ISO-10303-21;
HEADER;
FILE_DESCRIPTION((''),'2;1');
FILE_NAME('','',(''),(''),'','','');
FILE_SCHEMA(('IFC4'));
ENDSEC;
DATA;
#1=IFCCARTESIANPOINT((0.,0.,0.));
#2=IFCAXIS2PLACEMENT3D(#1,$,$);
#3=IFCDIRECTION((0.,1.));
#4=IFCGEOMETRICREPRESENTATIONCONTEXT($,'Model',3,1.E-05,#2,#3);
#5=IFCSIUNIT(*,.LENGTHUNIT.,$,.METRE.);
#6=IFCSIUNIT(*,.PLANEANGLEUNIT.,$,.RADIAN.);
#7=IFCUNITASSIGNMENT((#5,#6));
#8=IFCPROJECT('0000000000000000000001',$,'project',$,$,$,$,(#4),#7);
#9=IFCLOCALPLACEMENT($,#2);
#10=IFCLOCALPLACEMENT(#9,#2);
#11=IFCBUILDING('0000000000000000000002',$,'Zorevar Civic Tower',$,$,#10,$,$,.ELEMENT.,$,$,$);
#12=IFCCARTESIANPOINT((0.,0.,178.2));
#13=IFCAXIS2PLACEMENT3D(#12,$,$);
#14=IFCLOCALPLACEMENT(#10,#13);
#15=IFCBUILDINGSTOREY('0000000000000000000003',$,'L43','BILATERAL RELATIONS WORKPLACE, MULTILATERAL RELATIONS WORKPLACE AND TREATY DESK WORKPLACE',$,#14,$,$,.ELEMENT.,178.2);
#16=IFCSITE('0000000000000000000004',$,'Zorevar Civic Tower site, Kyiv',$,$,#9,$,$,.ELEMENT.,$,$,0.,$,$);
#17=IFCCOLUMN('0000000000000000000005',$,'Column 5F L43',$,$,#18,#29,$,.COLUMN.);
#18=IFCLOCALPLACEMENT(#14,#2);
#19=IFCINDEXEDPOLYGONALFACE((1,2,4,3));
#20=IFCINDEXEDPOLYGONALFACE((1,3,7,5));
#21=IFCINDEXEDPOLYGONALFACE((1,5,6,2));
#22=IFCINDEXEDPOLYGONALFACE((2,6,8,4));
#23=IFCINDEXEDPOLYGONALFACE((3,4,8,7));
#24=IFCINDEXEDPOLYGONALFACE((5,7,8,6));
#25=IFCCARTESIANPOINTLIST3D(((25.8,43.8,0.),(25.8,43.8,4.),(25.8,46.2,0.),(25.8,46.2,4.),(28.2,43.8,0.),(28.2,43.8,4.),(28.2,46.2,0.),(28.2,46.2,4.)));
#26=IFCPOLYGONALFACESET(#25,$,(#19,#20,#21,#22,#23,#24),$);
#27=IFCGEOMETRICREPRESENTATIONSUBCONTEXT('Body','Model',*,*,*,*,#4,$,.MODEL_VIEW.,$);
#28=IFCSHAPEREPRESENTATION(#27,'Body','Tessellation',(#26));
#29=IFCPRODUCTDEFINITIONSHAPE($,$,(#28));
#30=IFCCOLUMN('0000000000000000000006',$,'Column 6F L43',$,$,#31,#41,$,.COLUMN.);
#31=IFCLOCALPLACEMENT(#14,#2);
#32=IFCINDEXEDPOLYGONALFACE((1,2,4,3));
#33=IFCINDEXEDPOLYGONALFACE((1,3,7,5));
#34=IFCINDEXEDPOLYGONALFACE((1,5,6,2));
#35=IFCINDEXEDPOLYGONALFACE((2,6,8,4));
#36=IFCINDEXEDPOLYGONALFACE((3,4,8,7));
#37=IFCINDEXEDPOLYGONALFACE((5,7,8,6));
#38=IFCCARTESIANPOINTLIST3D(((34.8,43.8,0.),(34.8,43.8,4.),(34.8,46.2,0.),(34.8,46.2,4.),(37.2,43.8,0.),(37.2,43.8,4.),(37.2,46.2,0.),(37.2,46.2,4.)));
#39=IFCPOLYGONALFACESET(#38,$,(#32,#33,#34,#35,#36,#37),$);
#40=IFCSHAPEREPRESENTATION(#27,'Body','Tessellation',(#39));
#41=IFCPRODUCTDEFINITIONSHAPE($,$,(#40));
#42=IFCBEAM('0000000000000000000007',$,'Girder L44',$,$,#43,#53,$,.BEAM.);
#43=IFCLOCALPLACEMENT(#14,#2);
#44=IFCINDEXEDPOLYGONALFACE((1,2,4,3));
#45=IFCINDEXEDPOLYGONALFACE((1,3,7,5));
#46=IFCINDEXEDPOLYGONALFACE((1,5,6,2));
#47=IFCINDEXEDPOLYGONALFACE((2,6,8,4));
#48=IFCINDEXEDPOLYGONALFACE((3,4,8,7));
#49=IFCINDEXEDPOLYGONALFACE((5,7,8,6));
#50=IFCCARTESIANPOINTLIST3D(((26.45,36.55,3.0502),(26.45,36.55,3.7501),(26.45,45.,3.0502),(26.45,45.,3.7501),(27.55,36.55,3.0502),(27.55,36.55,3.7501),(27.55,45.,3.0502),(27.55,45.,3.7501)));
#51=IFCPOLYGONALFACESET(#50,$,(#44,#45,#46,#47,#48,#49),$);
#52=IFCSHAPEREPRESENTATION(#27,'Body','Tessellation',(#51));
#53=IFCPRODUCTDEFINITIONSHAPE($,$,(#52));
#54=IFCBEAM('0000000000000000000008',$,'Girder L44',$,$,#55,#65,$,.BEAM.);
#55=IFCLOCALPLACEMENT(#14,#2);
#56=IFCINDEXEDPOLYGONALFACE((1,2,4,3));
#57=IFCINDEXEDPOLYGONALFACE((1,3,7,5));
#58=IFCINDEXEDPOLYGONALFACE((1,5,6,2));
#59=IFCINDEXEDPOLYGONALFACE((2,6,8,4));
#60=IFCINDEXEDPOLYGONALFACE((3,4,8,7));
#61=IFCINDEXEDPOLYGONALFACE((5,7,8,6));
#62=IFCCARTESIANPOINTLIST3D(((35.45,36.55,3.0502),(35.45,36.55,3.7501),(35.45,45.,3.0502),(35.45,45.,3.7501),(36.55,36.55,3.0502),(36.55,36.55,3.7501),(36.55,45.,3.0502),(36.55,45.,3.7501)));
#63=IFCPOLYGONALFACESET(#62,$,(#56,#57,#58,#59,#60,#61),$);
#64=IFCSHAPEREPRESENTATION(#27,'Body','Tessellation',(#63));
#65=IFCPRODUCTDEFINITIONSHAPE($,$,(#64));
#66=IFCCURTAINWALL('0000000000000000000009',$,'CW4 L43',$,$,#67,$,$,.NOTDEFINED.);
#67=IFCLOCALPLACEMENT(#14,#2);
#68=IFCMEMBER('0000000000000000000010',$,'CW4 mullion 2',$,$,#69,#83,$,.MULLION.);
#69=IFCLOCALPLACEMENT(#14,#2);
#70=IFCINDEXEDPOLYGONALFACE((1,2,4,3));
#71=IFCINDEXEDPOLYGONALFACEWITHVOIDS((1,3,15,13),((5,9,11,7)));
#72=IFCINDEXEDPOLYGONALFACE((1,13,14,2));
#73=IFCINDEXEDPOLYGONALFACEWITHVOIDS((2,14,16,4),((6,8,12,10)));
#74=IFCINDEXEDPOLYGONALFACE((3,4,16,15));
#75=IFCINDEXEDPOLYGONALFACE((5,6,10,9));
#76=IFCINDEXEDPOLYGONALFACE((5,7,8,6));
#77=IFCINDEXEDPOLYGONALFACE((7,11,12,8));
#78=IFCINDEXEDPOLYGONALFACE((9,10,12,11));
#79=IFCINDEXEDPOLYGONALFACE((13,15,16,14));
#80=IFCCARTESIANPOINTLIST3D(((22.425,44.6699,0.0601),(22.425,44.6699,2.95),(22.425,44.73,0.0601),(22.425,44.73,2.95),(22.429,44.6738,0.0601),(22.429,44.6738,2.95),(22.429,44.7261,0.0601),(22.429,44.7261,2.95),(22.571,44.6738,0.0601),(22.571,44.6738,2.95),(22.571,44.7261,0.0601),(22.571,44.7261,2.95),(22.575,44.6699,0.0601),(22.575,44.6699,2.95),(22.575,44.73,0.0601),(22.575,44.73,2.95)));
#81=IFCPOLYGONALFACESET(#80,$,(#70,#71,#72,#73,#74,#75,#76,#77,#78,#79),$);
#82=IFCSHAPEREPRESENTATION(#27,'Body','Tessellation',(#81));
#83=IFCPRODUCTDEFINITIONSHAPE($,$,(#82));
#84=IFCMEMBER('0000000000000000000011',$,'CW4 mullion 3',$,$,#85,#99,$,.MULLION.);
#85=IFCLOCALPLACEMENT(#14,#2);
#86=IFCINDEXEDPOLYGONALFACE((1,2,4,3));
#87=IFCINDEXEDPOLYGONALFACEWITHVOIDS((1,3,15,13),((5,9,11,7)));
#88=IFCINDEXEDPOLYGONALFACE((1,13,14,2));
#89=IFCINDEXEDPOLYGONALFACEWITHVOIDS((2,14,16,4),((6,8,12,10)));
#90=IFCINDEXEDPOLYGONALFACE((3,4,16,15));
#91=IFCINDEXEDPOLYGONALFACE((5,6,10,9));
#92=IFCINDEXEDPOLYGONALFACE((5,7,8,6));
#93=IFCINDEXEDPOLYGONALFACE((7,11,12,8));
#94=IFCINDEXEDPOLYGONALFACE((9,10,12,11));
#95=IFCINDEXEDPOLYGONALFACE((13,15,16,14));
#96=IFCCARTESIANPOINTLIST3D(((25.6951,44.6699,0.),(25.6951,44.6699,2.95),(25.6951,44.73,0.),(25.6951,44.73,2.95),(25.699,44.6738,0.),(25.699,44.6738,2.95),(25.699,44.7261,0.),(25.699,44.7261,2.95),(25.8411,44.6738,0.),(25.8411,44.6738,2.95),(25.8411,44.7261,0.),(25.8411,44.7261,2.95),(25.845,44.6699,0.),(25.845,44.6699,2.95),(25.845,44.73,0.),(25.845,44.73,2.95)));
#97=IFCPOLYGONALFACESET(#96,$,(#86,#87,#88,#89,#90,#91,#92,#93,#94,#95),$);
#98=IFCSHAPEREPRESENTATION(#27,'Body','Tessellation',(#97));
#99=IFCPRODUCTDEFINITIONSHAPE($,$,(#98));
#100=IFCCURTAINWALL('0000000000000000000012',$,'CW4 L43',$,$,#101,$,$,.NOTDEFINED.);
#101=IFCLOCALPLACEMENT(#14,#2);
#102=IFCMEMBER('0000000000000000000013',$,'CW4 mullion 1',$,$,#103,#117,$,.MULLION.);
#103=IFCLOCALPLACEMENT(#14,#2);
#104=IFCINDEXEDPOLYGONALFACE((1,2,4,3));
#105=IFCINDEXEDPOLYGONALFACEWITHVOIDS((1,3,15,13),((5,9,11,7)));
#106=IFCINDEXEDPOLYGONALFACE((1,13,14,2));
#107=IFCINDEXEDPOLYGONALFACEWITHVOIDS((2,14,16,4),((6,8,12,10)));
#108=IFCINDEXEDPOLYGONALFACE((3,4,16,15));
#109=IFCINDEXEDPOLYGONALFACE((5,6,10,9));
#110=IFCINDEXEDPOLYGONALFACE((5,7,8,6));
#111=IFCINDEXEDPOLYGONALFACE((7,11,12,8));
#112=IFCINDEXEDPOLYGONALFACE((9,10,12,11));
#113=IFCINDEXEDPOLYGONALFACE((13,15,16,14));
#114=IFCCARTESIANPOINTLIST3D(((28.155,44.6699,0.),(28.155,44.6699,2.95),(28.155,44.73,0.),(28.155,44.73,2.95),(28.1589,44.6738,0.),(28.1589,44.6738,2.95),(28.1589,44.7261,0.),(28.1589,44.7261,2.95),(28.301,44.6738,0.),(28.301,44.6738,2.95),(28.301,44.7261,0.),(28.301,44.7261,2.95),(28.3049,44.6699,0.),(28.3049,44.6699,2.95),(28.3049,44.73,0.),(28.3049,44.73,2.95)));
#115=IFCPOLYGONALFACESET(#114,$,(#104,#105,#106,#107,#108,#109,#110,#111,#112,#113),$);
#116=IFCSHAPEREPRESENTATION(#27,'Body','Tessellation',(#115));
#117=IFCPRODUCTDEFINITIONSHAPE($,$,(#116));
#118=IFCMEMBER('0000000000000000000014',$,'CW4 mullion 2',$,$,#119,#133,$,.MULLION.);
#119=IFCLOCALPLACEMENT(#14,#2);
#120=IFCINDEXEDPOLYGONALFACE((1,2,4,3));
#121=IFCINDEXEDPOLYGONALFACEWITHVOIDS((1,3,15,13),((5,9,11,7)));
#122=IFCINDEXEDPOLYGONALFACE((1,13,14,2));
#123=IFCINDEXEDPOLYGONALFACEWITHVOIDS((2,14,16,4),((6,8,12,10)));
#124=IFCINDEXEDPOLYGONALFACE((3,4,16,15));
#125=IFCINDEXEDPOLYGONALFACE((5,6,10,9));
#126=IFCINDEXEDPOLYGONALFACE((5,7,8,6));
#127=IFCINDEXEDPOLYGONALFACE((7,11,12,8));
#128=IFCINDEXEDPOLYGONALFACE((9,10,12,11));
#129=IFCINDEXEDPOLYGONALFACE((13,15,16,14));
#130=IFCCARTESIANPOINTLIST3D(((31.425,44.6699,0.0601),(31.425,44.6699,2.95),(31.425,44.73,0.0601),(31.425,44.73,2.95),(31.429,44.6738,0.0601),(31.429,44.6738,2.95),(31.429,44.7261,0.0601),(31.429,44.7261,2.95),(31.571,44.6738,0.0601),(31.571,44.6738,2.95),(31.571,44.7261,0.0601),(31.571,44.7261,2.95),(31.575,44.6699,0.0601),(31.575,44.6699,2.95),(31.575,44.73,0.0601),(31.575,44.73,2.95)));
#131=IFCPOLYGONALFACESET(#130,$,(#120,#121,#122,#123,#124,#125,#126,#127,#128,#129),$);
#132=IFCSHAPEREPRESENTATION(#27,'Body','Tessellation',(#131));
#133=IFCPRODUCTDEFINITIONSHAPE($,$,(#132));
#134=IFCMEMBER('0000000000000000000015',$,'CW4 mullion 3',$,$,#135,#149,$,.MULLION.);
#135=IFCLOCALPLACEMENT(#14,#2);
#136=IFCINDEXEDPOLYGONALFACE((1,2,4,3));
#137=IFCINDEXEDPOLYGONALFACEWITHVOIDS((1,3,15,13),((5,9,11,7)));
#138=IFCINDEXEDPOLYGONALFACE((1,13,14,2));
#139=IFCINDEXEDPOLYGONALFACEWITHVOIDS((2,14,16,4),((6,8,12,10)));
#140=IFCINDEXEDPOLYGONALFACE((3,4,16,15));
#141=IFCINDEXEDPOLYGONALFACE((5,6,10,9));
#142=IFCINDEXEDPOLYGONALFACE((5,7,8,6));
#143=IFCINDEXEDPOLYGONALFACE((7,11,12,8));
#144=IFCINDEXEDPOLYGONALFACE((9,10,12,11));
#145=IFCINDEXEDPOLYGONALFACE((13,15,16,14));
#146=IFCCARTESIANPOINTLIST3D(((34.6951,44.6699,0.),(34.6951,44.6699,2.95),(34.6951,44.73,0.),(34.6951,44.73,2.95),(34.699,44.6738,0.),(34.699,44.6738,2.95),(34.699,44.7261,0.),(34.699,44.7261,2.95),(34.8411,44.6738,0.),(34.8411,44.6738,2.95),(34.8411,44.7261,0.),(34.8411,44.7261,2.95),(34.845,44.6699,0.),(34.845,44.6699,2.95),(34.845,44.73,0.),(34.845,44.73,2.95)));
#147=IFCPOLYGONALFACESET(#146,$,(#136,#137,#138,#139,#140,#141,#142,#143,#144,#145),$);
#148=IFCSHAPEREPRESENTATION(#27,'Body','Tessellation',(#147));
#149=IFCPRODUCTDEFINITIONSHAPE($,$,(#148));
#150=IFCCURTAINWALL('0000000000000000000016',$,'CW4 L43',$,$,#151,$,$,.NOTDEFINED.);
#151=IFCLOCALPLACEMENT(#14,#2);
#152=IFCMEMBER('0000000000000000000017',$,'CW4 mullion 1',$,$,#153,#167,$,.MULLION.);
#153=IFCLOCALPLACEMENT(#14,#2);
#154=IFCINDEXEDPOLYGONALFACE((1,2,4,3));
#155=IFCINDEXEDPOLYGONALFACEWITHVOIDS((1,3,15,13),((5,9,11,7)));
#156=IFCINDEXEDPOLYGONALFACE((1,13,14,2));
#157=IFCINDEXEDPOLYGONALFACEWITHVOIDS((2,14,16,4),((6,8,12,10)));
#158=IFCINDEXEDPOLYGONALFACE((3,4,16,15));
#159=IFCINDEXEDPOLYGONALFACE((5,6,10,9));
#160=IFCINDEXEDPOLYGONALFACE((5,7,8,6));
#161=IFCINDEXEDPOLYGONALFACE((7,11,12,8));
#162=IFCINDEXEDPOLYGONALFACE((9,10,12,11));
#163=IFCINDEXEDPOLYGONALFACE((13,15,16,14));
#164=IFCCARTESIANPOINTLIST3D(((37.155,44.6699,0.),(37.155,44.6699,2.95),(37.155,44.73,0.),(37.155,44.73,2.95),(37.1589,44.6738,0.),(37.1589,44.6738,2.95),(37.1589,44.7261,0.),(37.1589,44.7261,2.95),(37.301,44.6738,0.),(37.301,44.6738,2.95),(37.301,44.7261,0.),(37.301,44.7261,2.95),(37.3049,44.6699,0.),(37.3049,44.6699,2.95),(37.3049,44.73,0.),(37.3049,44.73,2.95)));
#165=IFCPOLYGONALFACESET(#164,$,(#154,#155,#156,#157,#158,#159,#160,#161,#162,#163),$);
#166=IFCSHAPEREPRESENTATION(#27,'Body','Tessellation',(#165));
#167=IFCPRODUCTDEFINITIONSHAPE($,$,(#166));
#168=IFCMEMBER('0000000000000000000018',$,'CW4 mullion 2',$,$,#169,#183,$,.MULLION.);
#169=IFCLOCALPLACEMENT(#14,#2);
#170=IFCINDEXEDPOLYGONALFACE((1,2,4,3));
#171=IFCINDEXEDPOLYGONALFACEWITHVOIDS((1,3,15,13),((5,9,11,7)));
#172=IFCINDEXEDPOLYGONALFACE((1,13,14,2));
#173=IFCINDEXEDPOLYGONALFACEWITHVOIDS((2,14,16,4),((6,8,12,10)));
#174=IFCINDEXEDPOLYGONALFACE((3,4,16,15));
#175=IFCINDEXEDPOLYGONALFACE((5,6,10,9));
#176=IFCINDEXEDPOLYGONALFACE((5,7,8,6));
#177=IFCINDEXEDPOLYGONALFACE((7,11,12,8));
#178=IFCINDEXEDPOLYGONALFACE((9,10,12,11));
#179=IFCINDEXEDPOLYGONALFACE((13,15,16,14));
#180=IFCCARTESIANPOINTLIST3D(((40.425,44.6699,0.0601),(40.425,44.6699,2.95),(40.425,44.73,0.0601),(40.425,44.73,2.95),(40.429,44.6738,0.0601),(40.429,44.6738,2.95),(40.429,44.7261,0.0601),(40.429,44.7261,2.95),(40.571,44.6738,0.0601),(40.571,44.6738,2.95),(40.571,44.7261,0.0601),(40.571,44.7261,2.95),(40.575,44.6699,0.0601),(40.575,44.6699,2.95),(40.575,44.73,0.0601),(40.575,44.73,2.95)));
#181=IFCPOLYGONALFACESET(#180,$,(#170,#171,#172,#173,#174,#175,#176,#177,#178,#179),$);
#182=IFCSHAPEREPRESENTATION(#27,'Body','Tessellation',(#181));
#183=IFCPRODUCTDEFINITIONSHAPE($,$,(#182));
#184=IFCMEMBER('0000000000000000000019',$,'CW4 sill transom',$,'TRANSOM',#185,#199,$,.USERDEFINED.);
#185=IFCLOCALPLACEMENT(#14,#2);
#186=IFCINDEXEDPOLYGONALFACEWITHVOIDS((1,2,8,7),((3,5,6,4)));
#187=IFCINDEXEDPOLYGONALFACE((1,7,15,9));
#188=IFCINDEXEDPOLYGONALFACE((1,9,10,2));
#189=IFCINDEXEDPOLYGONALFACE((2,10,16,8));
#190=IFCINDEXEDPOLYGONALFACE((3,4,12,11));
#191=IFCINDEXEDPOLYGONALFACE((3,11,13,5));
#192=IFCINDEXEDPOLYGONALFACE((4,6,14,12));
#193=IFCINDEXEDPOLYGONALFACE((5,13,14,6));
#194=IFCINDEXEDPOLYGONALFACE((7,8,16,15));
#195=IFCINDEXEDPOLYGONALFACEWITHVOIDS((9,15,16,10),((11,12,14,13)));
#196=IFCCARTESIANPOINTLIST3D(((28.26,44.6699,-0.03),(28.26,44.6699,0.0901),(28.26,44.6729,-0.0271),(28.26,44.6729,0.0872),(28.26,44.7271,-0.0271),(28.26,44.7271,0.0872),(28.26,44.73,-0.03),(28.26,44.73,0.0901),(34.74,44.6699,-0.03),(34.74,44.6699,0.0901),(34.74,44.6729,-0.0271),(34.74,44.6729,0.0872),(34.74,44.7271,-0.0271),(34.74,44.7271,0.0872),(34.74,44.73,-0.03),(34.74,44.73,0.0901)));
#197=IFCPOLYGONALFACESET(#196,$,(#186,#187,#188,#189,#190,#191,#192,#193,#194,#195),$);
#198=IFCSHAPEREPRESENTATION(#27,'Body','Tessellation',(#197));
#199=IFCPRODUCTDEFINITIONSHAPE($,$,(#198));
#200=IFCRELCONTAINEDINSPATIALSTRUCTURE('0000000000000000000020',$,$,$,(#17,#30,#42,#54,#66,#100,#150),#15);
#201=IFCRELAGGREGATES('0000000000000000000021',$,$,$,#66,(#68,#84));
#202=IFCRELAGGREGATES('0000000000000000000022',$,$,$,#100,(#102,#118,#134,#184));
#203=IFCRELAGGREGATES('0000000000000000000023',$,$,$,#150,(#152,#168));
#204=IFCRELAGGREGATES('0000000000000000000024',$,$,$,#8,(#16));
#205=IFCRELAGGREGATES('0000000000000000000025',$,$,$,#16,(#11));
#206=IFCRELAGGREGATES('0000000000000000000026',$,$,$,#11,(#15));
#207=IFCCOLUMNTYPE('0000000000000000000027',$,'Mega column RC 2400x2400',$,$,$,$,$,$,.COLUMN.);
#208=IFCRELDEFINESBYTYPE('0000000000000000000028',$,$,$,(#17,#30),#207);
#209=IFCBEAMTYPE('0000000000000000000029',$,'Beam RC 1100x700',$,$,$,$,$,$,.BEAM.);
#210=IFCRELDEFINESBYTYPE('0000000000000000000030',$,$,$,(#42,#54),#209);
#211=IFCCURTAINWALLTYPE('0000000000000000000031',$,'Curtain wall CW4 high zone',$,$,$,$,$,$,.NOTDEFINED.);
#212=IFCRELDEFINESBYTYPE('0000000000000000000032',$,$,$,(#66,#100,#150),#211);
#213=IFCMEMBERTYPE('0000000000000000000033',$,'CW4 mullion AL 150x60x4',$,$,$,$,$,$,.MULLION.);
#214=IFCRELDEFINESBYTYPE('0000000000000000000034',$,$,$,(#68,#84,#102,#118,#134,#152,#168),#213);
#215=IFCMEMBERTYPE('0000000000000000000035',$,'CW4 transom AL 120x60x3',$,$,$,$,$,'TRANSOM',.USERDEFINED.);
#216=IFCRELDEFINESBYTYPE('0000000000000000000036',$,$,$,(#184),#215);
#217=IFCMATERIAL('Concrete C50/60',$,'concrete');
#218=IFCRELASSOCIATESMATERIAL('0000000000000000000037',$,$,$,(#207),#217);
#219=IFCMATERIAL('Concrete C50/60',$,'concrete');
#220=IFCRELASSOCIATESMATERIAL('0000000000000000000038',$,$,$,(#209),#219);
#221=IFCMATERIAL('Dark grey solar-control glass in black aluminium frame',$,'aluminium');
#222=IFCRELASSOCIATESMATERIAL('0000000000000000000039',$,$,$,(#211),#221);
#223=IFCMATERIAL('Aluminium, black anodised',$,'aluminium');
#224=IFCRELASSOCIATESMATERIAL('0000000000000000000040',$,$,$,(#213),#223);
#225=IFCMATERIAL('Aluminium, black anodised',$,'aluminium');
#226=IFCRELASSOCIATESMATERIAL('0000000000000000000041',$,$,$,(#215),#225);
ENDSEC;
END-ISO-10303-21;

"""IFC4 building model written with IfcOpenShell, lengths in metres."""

from ifc_helpers import new_model, si_unit, direction, frame, origin, origin_2d, place, context, subcontext, project, spatial, rectangle, hollow_rectangle, extrude, material, material_profile, profile_set, type_object, element, aggregate, save


model = new_model("IFC4")

# Units and contexts
model_context = context("Model", 3, precision=1e-05, world=origin(), true_north=direction((0.0, 1.0)))
body_context = subcontext(model_context, "Body", "Model", "MODEL_VIEW")
ifc_project = project(units=[si_unit("LENGTHUNIT", "METRE"), si_unit("PLANEANGLEUNIT", "RADIAN")], contexts=[model_context])

# Site, building, storey
site_placement = place(None, origin())
site = spatial("IfcSite", under=ifc_project, at=site_placement, Name="Zorevar Civic Tower site, Kyiv", CompositionType="ELEMENT", RefElevation=0.0)
building_placement = place(site_placement, origin())
building = spatial("IfcBuilding", under=site, at=building_placement, Name="Zorevar Civic Tower", CompositionType="ELEMENT")
storey_placement = place(building_placement, frame((0.0, 0.0, 178.2)))
storey = spatial("IfcBuildingStorey", under=building, at=storey_placement, Name="L43", Description="BILATERAL RELATIONS WORKPLACE, MULTILATERAL RELATIONS WORKPLACE AND TREATY DESK WORKPLACE", CompositionType="ELEMENT", Elevation=178.2)

# Columns
ifc_material_1 = material(Name="Concrete C50/60", Category="concrete")
ifc_material_profile_1 = material_profile(ifc_material_1, rectangle(XDim=2.3999, YDim=2.3999, at=origin_2d()), Name="RC 2400x2400")
ifc_profile_set_1 = profile_set([ifc_material_profile_1], Name="Concrete C50/60")
column_type = type_object("IfcColumnType", Name="Mega column RC 2400x2400", PredefinedType="COLUMN", material=ifc_profile_set_1)
for number, where, z_axis, x_axis, name in (
    (1, (27.0, 45.0, 0.0), (0.0, 0.0, 1.0), (1.0, 0.0, 0.0), "Column 5F L43"),
    (2, (36.0, 45.0, 0.0), (0.0, 0.0, 1.0), (1.0, 0.0, 0.0), "Column 6F L43"),
):
    element("IfcColumn", number, at=place(storey_placement, frame(where, z_axis=z_axis, x_axis=x_axis)), inside=storey, type_object=column_type, Name=name, PredefinedType="COLUMN", context=body_context, shape_type="SweptSolid", body=[
        extrude(rectangle(XDim=2.3999, YDim=2.3999, at=origin_2d()), origin(), (0.0, 0.0, 1.0), 4.0),
    ])

# Beams
ifc_material_2 = material(Name="Concrete C50/60", Category="concrete")
ifc_material_profile_2 = material_profile(ifc_material_2, rectangle(XDim=1.1001, YDim=0.7, at=origin_2d()), Name="RC 1100x700")
ifc_profile_set_2 = profile_set([ifc_material_profile_2], Name="Concrete C50/60")
beam_type_1 = type_object("IfcBeamType", Name="Beam RC 1100x700", PredefinedType="BEAM", material=ifc_profile_set_2)
for number, where, z_axis, x_axis, name in (
    (3, (27.0, 36.55, 3.4001), (0.0, 1.0, 0.0), (-1.0, 0.0, 0.0), "Girder L44"),
    (4, (36.0, 36.55, 3.4001), (0.0, 1.0, 0.0), (-1.0, 0.0, 0.0), "Girder L44"),
):
    element("IfcBeam", number, at=place(storey_placement, frame(where, z_axis=z_axis, x_axis=x_axis)), inside=storey, type_object=beam_type_1, Name=name, PredefinedType="BEAM", context=body_context, shape_type="SweptSolid", body=[
        extrude(rectangle(XDim=1.1001, YDim=0.7, at=origin_2d()), origin(), (0.0, 0.0, 1.0), 8.45),
    ])

# Curtain walls, members
ifc_material_3 = material(Name="Dark grey solar-control glass in black aluminium frame", Category="aluminium")
curtain_wall_type = type_object("IfcCurtainWallType", Name="Curtain wall CW4 high zone", PredefinedType="NOTDEFINED", material=ifc_material_3)
curtain_wall_1_placement = place(storey_placement, origin())
curtain_wall_1 = element("IfcCurtainWall", 5, at=curtain_wall_1_placement, inside=storey, type_object=curtain_wall_type, Name="CW4 L43", PredefinedType="NOTDEFINED")
ifc_material_4 = material(Name="Aluminium, black anodised", Category="aluminium")
ifc_material_profile_3 = material_profile(ifc_material_4, hollow_rectangle(XDim=0.0601, YDim=0.1499, WallThickness=0.0039, at=origin_2d()), Name="AL 150x60x4")
ifc_profile_set_3 = profile_set([ifc_material_profile_3], Name="Aluminium, black anodised")
member_type_1 = type_object("IfcMemberType", Name="CW4 mullion AL 150x60x4", PredefinedType="MULLION", material=ifc_profile_set_3)
member_1_placement = place(storey_placement, frame((22.5, 44.7, 0.0601), z_axis=(0.0, 0.0, 1.0), x_axis=(0.0, 1.0, 0.0)))
member_1 = element("IfcMember", 6, at=member_1_placement, type_object=member_type_1, Name="CW4 mullion 2", PredefinedType="MULLION", context=body_context, shape_type="SweptSolid", body=[
    extrude(hollow_rectangle(XDim=0.0601, YDim=0.1499, WallThickness=0.0039, at=origin_2d()), origin(), (0.0, 0.0, 1.0), 2.8899),
])
member_2_placement = place(storey_placement, frame((25.77, 44.7, 0.0), z_axis=(0.0, 0.0, 1.0), x_axis=(0.0, 1.0, 0.0)))
member_2 = element("IfcMember", 7, at=member_2_placement, type_object=member_type_1, Name="CW4 mullion 3", PredefinedType="MULLION", context=body_context, shape_type="SweptSolid", body=[
    extrude(hollow_rectangle(XDim=0.0601, YDim=0.1499, WallThickness=0.0039, at=origin_2d()), origin(), (0.0, 0.0, 1.0), 2.95),
])
curtain_wall_2_placement = place(storey_placement, origin())
curtain_wall_2 = element("IfcCurtainWall", 8, at=curtain_wall_2_placement, inside=storey, type_object=curtain_wall_type, Name="CW4 L43", PredefinedType="NOTDEFINED")
member_3_placement = place(storey_placement, frame((28.23, 44.7, 0.0), z_axis=(0.0, 0.0, 1.0), x_axis=(0.0, 1.0, 0.0)))
member_3 = element("IfcMember", 9, at=member_3_placement, type_object=member_type_1, Name="CW4 mullion 1", PredefinedType="MULLION", context=body_context, shape_type="SweptSolid", body=[
    extrude(hollow_rectangle(XDim=0.0601, YDim=0.1499, WallThickness=0.0039, at=origin_2d()), origin(), (0.0, 0.0, 1.0), 2.95),
])
member_4_placement = place(storey_placement, frame((31.5, 44.7, 0.0601), z_axis=(0.0, 0.0, 1.0), x_axis=(0.0, 1.0, 0.0)))
member_4 = element("IfcMember", 10, at=member_4_placement, type_object=member_type_1, Name="CW4 mullion 2", PredefinedType="MULLION", context=body_context, shape_type="SweptSolid", body=[
    extrude(hollow_rectangle(XDim=0.0601, YDim=0.1499, WallThickness=0.0039, at=origin_2d()), origin(), (0.0, 0.0, 1.0), 2.8899),
])
member_5_placement = place(storey_placement, frame((34.77, 44.7, 0.0), z_axis=(0.0, 0.0, 1.0), x_axis=(0.0, 1.0, 0.0)))
member_5 = element("IfcMember", 11, at=member_5_placement, type_object=member_type_1, Name="CW4 mullion 3", PredefinedType="MULLION", context=body_context, shape_type="SweptSolid", body=[
    extrude(hollow_rectangle(XDim=0.0601, YDim=0.1499, WallThickness=0.0039, at=origin_2d()), origin(), (0.0, 0.0, 1.0), 2.95),
])
curtain_wall_3_placement = place(storey_placement, origin())
curtain_wall_3 = element("IfcCurtainWall", 12, at=curtain_wall_3_placement, inside=storey, type_object=curtain_wall_type, Name="CW4 L43", PredefinedType="NOTDEFINED")
member_6_placement = place(storey_placement, frame((37.23, 44.7, 0.0), z_axis=(0.0, 0.0, 1.0), x_axis=(0.0, 1.0, 0.0)))
member_6 = element("IfcMember", 13, at=member_6_placement, type_object=member_type_1, Name="CW4 mullion 1", PredefinedType="MULLION", context=body_context, shape_type="SweptSolid", body=[
    extrude(hollow_rectangle(XDim=0.0601, YDim=0.1499, WallThickness=0.0039, at=origin_2d()), origin(), (0.0, 0.0, 1.0), 2.95),
])
member_7_placement = place(storey_placement, frame((40.5, 44.7, 0.0601), z_axis=(0.0, 0.0, 1.0), x_axis=(0.0, 1.0, 0.0)))
member_7 = element("IfcMember", 14, at=member_7_placement, type_object=member_type_1, Name="CW4 mullion 2", PredefinedType="MULLION", context=body_context, shape_type="SweptSolid", body=[
    extrude(hollow_rectangle(XDim=0.0601, YDim=0.1499, WallThickness=0.0039, at=origin_2d()), origin(), (0.0, 0.0, 1.0), 2.8899),
])

# Member
ifc_material_5 = material(Name="Aluminium, black anodised", Category="aluminium")
ifc_material_profile_4 = material_profile(ifc_material_5, hollow_rectangle(XDim=0.0601, YDim=0.1201, WallThickness=0.0029, at=origin_2d()), Name="AL 120x60x3")
ifc_profile_set_4 = profile_set([ifc_material_profile_4], Name="Aluminium, black anodised")
member_type_2 = type_object("IfcMemberType", Name="CW4 transom AL 120x60x3", ElementType="TRANSOM", PredefinedType="USERDEFINED", material=ifc_profile_set_4)
member_8_placement = place(storey_placement, frame((28.26, 44.7, 0.03), z_axis=(1.0, 0.0, 0.0), x_axis=(0.0, 1.0, 0.0)))
member_8 = element("IfcMember", 15, at=member_8_placement, type_object=member_type_2, Name="CW4 sill transom", ObjectType="TRANSOM", PredefinedType="USERDEFINED", context=body_context, shape_type="SweptSolid", body=[
    extrude(hollow_rectangle(XDim=0.0601, YDim=0.1201, WallThickness=0.0029, at=origin_2d()), origin(), (0.0, 0.0, 1.0), 6.48),
])

aggregate(curtain_wall_1, [member_1, member_2])
aggregate(curtain_wall_2, [member_3, member_4, member_5, member_8])
aggregate(curtain_wall_3, [member_6, member_7])

save(model, "model.ifc")
